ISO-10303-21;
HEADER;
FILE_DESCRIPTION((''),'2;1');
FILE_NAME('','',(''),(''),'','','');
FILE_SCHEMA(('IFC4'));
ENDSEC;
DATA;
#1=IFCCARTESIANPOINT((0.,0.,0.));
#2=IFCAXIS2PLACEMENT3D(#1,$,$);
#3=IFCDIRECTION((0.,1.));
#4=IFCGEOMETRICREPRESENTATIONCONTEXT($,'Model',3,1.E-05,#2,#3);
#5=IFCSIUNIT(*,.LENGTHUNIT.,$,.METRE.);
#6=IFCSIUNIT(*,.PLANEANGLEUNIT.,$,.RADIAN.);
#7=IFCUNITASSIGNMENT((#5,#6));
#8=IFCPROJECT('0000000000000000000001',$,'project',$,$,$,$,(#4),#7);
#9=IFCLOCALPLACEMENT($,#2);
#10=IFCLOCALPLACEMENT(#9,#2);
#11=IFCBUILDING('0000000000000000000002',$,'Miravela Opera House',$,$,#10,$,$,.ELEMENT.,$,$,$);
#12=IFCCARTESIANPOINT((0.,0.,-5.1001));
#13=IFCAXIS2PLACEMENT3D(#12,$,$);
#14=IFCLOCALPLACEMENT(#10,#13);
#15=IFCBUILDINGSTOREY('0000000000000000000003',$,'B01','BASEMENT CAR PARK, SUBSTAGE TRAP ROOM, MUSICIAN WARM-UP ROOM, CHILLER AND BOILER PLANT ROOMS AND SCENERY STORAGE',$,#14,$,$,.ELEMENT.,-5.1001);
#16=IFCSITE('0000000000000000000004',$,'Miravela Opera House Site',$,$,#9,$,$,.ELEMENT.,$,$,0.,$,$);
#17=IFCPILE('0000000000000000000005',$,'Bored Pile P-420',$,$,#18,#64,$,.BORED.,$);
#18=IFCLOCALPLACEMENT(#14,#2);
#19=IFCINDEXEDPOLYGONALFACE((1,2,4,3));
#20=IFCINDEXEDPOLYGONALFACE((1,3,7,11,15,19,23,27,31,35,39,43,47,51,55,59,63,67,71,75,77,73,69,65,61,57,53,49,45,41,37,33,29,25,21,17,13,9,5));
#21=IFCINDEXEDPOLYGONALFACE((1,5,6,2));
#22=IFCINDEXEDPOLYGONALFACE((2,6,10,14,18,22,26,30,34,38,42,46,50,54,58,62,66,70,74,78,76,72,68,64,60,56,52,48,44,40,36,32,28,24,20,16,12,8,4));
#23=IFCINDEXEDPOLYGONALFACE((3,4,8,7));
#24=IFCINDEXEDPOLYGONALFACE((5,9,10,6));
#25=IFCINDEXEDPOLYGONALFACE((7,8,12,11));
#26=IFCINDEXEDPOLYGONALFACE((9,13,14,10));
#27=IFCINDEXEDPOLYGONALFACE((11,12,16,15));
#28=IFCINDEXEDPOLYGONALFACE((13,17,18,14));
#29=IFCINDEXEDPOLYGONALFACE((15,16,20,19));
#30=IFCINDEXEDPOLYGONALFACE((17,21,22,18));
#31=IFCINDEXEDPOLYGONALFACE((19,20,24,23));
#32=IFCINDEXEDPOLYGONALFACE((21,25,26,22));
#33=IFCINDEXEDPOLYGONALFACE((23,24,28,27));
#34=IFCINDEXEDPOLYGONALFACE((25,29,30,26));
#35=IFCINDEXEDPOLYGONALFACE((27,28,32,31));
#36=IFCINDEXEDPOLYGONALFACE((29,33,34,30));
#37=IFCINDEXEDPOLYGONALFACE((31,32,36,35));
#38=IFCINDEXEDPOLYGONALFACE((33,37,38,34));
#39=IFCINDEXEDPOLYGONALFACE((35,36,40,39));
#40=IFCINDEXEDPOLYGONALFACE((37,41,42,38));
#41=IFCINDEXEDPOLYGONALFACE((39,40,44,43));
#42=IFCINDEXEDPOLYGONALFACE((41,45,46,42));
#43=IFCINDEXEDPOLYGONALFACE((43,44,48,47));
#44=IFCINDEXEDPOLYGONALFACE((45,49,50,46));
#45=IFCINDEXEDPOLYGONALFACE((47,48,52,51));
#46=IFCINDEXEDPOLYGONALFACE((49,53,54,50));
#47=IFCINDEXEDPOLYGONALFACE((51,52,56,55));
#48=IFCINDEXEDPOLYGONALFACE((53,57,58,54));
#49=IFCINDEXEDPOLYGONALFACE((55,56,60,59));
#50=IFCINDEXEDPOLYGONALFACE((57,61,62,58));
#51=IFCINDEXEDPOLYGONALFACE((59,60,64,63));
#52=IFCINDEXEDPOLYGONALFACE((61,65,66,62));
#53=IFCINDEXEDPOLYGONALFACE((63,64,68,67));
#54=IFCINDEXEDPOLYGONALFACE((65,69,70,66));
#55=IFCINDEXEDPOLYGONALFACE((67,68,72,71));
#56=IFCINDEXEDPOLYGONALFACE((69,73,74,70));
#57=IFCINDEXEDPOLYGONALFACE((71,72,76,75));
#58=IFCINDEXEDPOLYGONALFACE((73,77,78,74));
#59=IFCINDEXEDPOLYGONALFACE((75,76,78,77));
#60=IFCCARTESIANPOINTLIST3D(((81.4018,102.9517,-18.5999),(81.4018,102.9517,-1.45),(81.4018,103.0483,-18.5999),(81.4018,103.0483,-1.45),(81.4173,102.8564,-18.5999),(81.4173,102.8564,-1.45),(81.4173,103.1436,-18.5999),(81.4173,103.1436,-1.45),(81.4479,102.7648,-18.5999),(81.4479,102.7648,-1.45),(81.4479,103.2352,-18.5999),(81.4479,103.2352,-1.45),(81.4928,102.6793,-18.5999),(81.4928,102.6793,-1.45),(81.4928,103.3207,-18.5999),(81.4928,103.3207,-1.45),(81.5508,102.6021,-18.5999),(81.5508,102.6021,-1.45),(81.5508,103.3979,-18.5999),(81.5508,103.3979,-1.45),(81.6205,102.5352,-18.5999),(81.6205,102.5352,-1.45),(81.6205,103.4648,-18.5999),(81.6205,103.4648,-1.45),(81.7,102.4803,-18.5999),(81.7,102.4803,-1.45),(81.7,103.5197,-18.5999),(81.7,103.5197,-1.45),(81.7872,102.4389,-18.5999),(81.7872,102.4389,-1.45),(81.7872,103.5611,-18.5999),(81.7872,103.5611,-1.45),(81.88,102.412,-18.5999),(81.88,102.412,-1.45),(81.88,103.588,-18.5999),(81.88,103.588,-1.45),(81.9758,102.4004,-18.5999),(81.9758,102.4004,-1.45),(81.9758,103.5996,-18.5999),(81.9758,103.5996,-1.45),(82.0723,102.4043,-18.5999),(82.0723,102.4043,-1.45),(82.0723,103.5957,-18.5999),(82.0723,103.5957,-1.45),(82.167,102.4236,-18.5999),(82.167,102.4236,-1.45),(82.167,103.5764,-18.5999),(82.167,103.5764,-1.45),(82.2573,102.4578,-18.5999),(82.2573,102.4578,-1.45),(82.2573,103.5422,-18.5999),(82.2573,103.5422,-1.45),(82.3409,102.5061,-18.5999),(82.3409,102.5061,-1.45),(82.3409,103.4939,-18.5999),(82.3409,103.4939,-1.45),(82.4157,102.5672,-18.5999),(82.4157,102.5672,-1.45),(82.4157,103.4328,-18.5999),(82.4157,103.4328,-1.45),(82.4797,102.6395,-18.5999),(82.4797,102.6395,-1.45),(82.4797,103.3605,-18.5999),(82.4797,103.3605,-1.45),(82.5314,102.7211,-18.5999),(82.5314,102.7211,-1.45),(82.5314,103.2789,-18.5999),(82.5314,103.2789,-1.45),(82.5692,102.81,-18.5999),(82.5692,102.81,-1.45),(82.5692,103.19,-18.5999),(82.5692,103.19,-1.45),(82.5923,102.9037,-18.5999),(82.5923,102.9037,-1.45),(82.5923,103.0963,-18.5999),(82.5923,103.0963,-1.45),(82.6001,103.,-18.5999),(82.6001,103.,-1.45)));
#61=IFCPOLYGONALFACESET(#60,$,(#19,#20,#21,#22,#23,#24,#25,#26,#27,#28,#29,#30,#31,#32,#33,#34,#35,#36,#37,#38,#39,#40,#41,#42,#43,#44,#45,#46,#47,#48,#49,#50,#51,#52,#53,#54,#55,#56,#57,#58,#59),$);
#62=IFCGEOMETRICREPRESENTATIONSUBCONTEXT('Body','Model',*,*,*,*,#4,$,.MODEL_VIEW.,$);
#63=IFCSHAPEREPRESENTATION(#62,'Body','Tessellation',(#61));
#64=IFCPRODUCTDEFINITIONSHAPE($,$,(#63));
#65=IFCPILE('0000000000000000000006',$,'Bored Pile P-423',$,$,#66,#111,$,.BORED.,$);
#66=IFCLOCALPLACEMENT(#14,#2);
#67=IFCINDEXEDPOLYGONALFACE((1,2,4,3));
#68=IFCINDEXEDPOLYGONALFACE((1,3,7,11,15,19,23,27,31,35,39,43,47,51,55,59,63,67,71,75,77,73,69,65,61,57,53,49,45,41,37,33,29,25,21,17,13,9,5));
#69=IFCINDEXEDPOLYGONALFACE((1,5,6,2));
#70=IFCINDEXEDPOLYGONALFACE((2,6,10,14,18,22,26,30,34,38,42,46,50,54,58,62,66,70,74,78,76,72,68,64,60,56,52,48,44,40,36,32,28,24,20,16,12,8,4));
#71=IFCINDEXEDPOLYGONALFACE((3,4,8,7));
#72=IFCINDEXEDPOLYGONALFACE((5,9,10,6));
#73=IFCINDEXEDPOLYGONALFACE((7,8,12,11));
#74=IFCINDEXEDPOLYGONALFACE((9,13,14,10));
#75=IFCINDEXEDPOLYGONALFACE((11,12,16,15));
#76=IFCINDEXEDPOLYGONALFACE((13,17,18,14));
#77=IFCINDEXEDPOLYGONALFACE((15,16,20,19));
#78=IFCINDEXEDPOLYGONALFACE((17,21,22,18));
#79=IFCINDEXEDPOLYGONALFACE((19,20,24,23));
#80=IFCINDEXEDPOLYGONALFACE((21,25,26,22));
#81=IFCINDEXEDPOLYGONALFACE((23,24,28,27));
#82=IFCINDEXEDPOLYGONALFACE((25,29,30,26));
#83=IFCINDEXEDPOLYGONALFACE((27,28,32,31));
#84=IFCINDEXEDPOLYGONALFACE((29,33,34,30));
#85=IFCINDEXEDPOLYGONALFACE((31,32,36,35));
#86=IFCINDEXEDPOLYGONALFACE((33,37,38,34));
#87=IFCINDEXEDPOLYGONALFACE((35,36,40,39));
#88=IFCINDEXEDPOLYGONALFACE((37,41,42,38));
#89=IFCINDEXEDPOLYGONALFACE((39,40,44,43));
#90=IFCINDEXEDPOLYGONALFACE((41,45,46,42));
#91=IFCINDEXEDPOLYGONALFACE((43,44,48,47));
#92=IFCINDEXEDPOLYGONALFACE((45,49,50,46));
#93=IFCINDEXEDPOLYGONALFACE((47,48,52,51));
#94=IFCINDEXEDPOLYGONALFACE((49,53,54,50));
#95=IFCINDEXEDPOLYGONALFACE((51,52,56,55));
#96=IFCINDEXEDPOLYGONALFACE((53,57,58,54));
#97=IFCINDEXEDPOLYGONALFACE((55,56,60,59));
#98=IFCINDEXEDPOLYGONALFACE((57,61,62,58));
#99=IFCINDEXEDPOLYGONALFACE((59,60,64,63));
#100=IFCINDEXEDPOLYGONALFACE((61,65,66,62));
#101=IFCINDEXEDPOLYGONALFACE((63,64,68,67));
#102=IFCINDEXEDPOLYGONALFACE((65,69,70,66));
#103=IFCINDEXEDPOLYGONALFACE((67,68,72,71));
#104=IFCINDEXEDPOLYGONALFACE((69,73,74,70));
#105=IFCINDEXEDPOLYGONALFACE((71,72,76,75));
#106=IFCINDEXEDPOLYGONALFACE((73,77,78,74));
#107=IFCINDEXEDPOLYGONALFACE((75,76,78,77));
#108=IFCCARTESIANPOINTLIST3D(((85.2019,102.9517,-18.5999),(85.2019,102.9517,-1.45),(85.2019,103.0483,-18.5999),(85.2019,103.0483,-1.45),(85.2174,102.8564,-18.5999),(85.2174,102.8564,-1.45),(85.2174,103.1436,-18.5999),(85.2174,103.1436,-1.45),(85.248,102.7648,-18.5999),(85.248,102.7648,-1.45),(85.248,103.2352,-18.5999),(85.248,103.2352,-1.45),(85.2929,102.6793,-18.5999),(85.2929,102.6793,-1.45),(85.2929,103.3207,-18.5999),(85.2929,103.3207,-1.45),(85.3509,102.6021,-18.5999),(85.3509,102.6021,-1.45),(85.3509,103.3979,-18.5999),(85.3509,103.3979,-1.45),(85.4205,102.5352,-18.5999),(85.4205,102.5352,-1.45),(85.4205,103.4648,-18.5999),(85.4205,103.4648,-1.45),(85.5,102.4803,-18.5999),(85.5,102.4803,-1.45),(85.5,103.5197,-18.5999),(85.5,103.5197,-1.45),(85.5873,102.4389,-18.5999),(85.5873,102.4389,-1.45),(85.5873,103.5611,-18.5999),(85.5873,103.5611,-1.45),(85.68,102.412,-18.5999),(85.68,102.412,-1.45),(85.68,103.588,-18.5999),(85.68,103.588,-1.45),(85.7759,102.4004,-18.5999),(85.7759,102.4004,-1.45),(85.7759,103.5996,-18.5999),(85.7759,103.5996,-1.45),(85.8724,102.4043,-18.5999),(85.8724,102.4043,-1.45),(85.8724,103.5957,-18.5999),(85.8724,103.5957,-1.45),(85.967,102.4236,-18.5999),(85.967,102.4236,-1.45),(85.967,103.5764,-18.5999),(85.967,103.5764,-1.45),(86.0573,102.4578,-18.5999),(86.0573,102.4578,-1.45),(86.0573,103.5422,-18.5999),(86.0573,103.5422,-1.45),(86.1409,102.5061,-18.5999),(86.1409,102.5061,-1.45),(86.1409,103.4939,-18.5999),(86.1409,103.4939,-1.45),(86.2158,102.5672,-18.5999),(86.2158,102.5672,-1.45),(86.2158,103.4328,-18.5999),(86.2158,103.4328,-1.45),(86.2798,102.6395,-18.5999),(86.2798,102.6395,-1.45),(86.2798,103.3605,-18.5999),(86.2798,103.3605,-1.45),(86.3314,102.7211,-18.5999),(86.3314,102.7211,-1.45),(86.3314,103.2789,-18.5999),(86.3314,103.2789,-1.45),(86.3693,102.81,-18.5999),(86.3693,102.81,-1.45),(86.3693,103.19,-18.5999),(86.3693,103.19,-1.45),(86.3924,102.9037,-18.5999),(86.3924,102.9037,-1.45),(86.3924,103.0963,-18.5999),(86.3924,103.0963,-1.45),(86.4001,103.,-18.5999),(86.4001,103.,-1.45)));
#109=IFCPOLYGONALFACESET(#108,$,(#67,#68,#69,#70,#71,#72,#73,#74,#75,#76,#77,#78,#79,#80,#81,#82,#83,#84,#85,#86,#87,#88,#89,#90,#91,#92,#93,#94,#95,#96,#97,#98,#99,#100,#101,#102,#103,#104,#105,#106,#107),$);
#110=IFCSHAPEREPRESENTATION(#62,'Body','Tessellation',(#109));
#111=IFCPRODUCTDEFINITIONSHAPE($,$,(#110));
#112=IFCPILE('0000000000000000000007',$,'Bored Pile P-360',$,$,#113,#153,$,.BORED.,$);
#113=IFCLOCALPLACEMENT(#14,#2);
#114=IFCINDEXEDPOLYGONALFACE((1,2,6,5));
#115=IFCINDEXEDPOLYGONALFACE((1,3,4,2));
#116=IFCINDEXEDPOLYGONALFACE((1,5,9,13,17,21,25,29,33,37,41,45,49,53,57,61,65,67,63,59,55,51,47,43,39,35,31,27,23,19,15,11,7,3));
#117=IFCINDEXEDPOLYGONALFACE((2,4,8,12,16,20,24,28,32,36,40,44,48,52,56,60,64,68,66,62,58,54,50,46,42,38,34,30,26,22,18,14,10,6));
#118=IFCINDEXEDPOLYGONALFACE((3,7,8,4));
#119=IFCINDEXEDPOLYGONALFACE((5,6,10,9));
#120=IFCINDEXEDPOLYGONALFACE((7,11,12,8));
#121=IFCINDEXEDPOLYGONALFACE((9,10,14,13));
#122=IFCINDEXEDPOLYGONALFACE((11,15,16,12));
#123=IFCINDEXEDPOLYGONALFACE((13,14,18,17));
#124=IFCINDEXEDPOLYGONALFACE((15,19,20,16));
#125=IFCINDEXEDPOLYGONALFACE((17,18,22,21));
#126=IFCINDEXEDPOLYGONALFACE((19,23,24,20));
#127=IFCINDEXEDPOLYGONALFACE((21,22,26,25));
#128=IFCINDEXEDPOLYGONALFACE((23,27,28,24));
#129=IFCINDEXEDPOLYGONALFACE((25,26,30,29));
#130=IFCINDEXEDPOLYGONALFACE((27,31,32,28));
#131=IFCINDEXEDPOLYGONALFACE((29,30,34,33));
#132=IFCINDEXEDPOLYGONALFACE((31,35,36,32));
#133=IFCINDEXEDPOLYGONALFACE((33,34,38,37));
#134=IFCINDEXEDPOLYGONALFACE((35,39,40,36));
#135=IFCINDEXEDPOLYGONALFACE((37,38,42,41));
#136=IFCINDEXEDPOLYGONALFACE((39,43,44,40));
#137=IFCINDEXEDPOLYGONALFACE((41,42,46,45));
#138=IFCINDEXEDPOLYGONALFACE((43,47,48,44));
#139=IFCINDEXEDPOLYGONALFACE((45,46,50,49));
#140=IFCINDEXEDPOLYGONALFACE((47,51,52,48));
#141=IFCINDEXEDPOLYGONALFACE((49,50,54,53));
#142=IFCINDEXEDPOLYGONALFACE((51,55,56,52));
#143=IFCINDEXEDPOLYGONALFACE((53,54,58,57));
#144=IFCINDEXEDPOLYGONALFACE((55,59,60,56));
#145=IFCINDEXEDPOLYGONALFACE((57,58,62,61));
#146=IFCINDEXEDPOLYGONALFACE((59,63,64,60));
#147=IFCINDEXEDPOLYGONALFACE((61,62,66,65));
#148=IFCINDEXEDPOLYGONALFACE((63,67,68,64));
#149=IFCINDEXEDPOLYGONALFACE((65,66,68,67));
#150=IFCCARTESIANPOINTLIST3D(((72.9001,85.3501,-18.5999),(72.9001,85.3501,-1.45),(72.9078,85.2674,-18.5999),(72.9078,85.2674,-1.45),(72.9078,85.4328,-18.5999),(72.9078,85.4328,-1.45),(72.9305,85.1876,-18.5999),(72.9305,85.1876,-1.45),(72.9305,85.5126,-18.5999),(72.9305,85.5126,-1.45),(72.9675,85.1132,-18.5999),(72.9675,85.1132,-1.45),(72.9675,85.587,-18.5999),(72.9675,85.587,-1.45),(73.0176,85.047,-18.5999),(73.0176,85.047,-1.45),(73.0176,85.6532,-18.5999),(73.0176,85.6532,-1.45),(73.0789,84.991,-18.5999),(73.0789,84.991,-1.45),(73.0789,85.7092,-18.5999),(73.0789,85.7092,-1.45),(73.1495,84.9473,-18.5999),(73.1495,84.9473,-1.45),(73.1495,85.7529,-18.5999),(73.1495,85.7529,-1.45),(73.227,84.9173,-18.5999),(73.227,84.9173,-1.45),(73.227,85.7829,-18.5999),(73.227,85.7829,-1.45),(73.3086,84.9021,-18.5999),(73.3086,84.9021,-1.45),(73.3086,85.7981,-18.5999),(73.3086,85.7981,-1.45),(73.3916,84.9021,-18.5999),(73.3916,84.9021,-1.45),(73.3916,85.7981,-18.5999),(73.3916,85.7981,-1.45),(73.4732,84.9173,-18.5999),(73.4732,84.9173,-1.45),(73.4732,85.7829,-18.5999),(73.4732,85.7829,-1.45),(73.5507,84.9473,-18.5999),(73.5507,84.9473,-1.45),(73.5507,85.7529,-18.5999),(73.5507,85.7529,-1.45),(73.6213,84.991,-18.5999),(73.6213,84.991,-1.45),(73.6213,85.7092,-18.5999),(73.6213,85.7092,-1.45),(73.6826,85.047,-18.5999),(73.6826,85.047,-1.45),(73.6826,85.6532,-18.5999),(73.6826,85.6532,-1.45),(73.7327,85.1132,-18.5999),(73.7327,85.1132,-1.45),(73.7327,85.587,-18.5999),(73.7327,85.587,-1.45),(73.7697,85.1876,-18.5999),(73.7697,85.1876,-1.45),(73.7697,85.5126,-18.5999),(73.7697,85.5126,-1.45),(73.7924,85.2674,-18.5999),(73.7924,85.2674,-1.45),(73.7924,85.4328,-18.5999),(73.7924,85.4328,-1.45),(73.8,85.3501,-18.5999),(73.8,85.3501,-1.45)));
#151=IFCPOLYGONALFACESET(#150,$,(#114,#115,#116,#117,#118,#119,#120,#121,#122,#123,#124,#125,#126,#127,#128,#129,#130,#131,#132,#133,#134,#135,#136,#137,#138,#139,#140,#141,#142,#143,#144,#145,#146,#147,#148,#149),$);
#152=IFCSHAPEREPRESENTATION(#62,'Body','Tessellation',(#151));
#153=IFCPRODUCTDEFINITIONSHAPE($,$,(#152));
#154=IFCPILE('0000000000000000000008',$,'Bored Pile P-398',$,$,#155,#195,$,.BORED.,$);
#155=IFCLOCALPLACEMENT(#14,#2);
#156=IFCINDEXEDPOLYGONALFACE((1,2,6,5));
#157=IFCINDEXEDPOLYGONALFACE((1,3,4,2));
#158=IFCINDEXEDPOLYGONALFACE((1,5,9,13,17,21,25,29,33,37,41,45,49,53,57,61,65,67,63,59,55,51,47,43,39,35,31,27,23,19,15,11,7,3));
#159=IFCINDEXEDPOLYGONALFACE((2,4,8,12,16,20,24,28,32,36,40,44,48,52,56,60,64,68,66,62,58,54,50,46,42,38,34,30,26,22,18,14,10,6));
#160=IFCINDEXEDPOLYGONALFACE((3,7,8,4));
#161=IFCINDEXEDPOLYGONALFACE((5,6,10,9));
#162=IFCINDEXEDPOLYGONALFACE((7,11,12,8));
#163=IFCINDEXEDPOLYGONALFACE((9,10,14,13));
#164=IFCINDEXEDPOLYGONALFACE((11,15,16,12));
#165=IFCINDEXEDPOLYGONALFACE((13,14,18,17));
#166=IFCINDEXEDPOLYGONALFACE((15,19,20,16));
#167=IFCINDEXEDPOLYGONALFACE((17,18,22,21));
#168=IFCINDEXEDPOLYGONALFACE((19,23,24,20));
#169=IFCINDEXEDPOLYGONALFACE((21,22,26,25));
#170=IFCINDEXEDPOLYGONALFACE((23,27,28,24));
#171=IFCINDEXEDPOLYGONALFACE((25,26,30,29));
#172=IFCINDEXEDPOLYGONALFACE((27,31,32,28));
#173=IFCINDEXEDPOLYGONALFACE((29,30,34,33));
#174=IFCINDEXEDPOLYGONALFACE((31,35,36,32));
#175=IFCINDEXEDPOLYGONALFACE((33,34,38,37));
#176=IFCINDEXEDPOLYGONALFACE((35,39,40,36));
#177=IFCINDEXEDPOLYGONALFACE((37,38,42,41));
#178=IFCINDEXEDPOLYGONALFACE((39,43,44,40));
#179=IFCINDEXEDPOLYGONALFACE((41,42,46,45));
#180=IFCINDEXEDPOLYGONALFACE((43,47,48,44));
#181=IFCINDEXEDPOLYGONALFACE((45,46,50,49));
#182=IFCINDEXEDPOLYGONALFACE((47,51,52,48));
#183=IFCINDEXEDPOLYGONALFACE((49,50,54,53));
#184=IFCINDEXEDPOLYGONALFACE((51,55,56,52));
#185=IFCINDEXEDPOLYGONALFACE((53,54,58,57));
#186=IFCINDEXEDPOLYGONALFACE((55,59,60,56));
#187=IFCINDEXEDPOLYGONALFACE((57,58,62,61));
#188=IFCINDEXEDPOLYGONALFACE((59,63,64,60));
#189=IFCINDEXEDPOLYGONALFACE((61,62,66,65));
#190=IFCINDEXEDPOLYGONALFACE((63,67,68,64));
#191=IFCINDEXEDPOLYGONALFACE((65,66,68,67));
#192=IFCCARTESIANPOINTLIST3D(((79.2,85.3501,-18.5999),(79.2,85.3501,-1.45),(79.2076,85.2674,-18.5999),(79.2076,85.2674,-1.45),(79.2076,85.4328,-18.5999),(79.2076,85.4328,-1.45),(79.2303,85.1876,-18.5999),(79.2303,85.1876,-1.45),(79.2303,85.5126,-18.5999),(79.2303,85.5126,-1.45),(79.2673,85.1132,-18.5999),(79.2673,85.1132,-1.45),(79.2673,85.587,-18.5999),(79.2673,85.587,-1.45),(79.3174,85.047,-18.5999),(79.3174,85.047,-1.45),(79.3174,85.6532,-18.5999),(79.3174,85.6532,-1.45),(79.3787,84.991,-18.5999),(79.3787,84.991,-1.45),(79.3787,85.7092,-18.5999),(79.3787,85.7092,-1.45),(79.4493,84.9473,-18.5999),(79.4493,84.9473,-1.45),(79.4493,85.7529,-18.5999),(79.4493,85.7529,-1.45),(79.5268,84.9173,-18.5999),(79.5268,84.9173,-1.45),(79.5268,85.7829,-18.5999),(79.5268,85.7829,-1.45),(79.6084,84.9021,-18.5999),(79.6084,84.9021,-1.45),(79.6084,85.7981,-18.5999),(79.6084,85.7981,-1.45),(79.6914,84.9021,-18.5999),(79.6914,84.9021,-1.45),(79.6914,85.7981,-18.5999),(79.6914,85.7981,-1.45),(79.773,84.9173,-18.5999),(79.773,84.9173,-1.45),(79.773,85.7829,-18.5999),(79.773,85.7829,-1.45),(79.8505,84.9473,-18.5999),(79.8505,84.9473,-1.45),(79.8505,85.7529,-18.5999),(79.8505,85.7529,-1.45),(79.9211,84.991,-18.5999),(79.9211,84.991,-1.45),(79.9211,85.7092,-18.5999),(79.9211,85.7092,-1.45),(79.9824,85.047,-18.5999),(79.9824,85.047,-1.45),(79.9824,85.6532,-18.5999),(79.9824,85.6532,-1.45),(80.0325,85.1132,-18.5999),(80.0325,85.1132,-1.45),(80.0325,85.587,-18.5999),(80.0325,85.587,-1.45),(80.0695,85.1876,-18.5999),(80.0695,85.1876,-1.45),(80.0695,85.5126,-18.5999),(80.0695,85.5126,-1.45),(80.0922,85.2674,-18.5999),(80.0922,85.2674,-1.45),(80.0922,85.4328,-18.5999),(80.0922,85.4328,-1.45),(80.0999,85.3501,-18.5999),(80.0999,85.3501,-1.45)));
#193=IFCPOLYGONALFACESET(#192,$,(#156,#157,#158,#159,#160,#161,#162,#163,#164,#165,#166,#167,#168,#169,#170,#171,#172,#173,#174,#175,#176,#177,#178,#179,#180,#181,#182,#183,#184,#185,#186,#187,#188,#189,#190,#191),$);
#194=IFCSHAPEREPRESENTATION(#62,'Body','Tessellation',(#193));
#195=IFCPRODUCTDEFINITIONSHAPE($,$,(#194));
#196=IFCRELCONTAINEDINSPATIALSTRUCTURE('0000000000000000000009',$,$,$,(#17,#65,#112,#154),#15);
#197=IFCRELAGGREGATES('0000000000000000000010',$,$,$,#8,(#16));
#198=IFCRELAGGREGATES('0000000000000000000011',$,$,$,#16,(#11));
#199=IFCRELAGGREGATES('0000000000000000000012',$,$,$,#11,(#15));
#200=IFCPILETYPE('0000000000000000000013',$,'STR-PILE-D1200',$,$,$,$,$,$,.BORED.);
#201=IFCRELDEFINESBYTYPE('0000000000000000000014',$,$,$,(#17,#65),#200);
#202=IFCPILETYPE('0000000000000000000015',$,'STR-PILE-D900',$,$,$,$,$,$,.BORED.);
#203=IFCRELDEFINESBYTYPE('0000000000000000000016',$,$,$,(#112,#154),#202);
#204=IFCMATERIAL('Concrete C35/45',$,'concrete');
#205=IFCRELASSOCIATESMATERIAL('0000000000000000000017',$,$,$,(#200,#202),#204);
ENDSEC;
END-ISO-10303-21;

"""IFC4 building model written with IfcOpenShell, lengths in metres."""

from ifc_helpers import new_model, si_unit, direction, frame, origin, origin_2d, place, context, subcontext, project, spatial, circle, extrude, material, material_profile, profile_set, type_object, element, save


model = new_model("IFC4")

# Units and contexts
model_context = context("Model", 3, precision=1e-05, world=origin(), true_north=direction((0.0, 1.0)))
body_context = subcontext(model_context, "Body", "Model", "MODEL_VIEW")
ifc_project = project(units=[si_unit("LENGTHUNIT", "METRE"), si_unit("PLANEANGLEUNIT", "RADIAN")], contexts=[model_context])

# Site, building, storey
site_placement = place(None, origin())
site = spatial("IfcSite", under=ifc_project, at=site_placement, Name="Miravela Opera House Site", CompositionType="ELEMENT", RefElevation=0.0)
building_placement = place(site_placement, origin())
building = spatial("IfcBuilding", under=site, at=building_placement, Name="Miravela Opera House", CompositionType="ELEMENT")
storey_placement = place(building_placement, frame((0.0, 0.0, -5.1001)))
storey = spatial("IfcBuildingStorey", under=building, at=storey_placement, Name="B01", Description="BASEMENT CAR PARK, SUBSTAGE TRAP ROOM, MUSICIAN WARM-UP ROOM, CHILLER AND BOILER PLANT ROOMS AND SCENERY STORAGE", CompositionType="ELEMENT", Elevation=-5.1001)

# Shared definitions
ifc_material_1 = material(Name="Concrete C35/45", Category="concrete")

# Piles
ifc_material_profile_1 = material_profile(ifc_material_1, circle(Radius=0.6001, at=origin_2d()), Name="PILE-D1200")
ifc_profile_set_1 = profile_set([ifc_material_profile_1])
pile_type_1 = type_object("IfcPileType", Name="STR-PILE-D1200", PredefinedType="BORED", material=ifc_profile_set_1)
for number, where, z_axis, x_axis, name in (
    (1, (82.0, 103.0, -1.45), (0.0, 0.0, -1.0), (1.0, 0.0, 0.0), "Bored Pile P-420"),
    (2, (85.8, 103.0, -1.45), (0.0, 0.0, -1.0), (1.0, 0.0, 0.0), "Bored Pile P-423"),
):
    element("IfcPile", number, at=place(storey_placement, frame(where, z_axis=z_axis, x_axis=x_axis)), inside=storey, type_object=pile_type_1, Name=name, PredefinedType="BORED", context=body_context, shape_type="SweptSolid", body=[
        extrude(circle(Radius=0.6001, at=origin_2d()), origin(), (0.0, 0.0, 1.0), 17.1499),
    ])
ifc_material_profile_2 = material_profile(ifc_material_1, circle(Radius=0.45, at=origin_2d()), Name="PILE-D900")
ifc_profile_set_2 = profile_set([ifc_material_profile_2])
pile_type_2 = type_object("IfcPileType", Name="STR-PILE-D900", PredefinedType="BORED", material=ifc_profile_set_2)
for number, where, z_axis, x_axis, name in (
    (3, (73.3501, 85.3501, -1.45), (0.0, 0.0, -1.0), (1.0, 0.0, 0.0), "Bored Pile P-360"),
    (4, (79.6499, 85.3501, -1.45), (0.0, 0.0, -1.0), (1.0, 0.0, 0.0), "Bored Pile P-398"),
):
    element("IfcPile", number, at=place(storey_placement, frame(where, z_axis=z_axis, x_axis=x_axis)), inside=storey, type_object=pile_type_2, Name=name, PredefinedType="BORED", context=body_context, shape_type="SweptSolid", body=[
        extrude(circle(Radius=0.45, at=origin_2d()), origin(), (0.0, 0.0, 1.0), 17.1499),
    ])

save(model, "model.ifc")
